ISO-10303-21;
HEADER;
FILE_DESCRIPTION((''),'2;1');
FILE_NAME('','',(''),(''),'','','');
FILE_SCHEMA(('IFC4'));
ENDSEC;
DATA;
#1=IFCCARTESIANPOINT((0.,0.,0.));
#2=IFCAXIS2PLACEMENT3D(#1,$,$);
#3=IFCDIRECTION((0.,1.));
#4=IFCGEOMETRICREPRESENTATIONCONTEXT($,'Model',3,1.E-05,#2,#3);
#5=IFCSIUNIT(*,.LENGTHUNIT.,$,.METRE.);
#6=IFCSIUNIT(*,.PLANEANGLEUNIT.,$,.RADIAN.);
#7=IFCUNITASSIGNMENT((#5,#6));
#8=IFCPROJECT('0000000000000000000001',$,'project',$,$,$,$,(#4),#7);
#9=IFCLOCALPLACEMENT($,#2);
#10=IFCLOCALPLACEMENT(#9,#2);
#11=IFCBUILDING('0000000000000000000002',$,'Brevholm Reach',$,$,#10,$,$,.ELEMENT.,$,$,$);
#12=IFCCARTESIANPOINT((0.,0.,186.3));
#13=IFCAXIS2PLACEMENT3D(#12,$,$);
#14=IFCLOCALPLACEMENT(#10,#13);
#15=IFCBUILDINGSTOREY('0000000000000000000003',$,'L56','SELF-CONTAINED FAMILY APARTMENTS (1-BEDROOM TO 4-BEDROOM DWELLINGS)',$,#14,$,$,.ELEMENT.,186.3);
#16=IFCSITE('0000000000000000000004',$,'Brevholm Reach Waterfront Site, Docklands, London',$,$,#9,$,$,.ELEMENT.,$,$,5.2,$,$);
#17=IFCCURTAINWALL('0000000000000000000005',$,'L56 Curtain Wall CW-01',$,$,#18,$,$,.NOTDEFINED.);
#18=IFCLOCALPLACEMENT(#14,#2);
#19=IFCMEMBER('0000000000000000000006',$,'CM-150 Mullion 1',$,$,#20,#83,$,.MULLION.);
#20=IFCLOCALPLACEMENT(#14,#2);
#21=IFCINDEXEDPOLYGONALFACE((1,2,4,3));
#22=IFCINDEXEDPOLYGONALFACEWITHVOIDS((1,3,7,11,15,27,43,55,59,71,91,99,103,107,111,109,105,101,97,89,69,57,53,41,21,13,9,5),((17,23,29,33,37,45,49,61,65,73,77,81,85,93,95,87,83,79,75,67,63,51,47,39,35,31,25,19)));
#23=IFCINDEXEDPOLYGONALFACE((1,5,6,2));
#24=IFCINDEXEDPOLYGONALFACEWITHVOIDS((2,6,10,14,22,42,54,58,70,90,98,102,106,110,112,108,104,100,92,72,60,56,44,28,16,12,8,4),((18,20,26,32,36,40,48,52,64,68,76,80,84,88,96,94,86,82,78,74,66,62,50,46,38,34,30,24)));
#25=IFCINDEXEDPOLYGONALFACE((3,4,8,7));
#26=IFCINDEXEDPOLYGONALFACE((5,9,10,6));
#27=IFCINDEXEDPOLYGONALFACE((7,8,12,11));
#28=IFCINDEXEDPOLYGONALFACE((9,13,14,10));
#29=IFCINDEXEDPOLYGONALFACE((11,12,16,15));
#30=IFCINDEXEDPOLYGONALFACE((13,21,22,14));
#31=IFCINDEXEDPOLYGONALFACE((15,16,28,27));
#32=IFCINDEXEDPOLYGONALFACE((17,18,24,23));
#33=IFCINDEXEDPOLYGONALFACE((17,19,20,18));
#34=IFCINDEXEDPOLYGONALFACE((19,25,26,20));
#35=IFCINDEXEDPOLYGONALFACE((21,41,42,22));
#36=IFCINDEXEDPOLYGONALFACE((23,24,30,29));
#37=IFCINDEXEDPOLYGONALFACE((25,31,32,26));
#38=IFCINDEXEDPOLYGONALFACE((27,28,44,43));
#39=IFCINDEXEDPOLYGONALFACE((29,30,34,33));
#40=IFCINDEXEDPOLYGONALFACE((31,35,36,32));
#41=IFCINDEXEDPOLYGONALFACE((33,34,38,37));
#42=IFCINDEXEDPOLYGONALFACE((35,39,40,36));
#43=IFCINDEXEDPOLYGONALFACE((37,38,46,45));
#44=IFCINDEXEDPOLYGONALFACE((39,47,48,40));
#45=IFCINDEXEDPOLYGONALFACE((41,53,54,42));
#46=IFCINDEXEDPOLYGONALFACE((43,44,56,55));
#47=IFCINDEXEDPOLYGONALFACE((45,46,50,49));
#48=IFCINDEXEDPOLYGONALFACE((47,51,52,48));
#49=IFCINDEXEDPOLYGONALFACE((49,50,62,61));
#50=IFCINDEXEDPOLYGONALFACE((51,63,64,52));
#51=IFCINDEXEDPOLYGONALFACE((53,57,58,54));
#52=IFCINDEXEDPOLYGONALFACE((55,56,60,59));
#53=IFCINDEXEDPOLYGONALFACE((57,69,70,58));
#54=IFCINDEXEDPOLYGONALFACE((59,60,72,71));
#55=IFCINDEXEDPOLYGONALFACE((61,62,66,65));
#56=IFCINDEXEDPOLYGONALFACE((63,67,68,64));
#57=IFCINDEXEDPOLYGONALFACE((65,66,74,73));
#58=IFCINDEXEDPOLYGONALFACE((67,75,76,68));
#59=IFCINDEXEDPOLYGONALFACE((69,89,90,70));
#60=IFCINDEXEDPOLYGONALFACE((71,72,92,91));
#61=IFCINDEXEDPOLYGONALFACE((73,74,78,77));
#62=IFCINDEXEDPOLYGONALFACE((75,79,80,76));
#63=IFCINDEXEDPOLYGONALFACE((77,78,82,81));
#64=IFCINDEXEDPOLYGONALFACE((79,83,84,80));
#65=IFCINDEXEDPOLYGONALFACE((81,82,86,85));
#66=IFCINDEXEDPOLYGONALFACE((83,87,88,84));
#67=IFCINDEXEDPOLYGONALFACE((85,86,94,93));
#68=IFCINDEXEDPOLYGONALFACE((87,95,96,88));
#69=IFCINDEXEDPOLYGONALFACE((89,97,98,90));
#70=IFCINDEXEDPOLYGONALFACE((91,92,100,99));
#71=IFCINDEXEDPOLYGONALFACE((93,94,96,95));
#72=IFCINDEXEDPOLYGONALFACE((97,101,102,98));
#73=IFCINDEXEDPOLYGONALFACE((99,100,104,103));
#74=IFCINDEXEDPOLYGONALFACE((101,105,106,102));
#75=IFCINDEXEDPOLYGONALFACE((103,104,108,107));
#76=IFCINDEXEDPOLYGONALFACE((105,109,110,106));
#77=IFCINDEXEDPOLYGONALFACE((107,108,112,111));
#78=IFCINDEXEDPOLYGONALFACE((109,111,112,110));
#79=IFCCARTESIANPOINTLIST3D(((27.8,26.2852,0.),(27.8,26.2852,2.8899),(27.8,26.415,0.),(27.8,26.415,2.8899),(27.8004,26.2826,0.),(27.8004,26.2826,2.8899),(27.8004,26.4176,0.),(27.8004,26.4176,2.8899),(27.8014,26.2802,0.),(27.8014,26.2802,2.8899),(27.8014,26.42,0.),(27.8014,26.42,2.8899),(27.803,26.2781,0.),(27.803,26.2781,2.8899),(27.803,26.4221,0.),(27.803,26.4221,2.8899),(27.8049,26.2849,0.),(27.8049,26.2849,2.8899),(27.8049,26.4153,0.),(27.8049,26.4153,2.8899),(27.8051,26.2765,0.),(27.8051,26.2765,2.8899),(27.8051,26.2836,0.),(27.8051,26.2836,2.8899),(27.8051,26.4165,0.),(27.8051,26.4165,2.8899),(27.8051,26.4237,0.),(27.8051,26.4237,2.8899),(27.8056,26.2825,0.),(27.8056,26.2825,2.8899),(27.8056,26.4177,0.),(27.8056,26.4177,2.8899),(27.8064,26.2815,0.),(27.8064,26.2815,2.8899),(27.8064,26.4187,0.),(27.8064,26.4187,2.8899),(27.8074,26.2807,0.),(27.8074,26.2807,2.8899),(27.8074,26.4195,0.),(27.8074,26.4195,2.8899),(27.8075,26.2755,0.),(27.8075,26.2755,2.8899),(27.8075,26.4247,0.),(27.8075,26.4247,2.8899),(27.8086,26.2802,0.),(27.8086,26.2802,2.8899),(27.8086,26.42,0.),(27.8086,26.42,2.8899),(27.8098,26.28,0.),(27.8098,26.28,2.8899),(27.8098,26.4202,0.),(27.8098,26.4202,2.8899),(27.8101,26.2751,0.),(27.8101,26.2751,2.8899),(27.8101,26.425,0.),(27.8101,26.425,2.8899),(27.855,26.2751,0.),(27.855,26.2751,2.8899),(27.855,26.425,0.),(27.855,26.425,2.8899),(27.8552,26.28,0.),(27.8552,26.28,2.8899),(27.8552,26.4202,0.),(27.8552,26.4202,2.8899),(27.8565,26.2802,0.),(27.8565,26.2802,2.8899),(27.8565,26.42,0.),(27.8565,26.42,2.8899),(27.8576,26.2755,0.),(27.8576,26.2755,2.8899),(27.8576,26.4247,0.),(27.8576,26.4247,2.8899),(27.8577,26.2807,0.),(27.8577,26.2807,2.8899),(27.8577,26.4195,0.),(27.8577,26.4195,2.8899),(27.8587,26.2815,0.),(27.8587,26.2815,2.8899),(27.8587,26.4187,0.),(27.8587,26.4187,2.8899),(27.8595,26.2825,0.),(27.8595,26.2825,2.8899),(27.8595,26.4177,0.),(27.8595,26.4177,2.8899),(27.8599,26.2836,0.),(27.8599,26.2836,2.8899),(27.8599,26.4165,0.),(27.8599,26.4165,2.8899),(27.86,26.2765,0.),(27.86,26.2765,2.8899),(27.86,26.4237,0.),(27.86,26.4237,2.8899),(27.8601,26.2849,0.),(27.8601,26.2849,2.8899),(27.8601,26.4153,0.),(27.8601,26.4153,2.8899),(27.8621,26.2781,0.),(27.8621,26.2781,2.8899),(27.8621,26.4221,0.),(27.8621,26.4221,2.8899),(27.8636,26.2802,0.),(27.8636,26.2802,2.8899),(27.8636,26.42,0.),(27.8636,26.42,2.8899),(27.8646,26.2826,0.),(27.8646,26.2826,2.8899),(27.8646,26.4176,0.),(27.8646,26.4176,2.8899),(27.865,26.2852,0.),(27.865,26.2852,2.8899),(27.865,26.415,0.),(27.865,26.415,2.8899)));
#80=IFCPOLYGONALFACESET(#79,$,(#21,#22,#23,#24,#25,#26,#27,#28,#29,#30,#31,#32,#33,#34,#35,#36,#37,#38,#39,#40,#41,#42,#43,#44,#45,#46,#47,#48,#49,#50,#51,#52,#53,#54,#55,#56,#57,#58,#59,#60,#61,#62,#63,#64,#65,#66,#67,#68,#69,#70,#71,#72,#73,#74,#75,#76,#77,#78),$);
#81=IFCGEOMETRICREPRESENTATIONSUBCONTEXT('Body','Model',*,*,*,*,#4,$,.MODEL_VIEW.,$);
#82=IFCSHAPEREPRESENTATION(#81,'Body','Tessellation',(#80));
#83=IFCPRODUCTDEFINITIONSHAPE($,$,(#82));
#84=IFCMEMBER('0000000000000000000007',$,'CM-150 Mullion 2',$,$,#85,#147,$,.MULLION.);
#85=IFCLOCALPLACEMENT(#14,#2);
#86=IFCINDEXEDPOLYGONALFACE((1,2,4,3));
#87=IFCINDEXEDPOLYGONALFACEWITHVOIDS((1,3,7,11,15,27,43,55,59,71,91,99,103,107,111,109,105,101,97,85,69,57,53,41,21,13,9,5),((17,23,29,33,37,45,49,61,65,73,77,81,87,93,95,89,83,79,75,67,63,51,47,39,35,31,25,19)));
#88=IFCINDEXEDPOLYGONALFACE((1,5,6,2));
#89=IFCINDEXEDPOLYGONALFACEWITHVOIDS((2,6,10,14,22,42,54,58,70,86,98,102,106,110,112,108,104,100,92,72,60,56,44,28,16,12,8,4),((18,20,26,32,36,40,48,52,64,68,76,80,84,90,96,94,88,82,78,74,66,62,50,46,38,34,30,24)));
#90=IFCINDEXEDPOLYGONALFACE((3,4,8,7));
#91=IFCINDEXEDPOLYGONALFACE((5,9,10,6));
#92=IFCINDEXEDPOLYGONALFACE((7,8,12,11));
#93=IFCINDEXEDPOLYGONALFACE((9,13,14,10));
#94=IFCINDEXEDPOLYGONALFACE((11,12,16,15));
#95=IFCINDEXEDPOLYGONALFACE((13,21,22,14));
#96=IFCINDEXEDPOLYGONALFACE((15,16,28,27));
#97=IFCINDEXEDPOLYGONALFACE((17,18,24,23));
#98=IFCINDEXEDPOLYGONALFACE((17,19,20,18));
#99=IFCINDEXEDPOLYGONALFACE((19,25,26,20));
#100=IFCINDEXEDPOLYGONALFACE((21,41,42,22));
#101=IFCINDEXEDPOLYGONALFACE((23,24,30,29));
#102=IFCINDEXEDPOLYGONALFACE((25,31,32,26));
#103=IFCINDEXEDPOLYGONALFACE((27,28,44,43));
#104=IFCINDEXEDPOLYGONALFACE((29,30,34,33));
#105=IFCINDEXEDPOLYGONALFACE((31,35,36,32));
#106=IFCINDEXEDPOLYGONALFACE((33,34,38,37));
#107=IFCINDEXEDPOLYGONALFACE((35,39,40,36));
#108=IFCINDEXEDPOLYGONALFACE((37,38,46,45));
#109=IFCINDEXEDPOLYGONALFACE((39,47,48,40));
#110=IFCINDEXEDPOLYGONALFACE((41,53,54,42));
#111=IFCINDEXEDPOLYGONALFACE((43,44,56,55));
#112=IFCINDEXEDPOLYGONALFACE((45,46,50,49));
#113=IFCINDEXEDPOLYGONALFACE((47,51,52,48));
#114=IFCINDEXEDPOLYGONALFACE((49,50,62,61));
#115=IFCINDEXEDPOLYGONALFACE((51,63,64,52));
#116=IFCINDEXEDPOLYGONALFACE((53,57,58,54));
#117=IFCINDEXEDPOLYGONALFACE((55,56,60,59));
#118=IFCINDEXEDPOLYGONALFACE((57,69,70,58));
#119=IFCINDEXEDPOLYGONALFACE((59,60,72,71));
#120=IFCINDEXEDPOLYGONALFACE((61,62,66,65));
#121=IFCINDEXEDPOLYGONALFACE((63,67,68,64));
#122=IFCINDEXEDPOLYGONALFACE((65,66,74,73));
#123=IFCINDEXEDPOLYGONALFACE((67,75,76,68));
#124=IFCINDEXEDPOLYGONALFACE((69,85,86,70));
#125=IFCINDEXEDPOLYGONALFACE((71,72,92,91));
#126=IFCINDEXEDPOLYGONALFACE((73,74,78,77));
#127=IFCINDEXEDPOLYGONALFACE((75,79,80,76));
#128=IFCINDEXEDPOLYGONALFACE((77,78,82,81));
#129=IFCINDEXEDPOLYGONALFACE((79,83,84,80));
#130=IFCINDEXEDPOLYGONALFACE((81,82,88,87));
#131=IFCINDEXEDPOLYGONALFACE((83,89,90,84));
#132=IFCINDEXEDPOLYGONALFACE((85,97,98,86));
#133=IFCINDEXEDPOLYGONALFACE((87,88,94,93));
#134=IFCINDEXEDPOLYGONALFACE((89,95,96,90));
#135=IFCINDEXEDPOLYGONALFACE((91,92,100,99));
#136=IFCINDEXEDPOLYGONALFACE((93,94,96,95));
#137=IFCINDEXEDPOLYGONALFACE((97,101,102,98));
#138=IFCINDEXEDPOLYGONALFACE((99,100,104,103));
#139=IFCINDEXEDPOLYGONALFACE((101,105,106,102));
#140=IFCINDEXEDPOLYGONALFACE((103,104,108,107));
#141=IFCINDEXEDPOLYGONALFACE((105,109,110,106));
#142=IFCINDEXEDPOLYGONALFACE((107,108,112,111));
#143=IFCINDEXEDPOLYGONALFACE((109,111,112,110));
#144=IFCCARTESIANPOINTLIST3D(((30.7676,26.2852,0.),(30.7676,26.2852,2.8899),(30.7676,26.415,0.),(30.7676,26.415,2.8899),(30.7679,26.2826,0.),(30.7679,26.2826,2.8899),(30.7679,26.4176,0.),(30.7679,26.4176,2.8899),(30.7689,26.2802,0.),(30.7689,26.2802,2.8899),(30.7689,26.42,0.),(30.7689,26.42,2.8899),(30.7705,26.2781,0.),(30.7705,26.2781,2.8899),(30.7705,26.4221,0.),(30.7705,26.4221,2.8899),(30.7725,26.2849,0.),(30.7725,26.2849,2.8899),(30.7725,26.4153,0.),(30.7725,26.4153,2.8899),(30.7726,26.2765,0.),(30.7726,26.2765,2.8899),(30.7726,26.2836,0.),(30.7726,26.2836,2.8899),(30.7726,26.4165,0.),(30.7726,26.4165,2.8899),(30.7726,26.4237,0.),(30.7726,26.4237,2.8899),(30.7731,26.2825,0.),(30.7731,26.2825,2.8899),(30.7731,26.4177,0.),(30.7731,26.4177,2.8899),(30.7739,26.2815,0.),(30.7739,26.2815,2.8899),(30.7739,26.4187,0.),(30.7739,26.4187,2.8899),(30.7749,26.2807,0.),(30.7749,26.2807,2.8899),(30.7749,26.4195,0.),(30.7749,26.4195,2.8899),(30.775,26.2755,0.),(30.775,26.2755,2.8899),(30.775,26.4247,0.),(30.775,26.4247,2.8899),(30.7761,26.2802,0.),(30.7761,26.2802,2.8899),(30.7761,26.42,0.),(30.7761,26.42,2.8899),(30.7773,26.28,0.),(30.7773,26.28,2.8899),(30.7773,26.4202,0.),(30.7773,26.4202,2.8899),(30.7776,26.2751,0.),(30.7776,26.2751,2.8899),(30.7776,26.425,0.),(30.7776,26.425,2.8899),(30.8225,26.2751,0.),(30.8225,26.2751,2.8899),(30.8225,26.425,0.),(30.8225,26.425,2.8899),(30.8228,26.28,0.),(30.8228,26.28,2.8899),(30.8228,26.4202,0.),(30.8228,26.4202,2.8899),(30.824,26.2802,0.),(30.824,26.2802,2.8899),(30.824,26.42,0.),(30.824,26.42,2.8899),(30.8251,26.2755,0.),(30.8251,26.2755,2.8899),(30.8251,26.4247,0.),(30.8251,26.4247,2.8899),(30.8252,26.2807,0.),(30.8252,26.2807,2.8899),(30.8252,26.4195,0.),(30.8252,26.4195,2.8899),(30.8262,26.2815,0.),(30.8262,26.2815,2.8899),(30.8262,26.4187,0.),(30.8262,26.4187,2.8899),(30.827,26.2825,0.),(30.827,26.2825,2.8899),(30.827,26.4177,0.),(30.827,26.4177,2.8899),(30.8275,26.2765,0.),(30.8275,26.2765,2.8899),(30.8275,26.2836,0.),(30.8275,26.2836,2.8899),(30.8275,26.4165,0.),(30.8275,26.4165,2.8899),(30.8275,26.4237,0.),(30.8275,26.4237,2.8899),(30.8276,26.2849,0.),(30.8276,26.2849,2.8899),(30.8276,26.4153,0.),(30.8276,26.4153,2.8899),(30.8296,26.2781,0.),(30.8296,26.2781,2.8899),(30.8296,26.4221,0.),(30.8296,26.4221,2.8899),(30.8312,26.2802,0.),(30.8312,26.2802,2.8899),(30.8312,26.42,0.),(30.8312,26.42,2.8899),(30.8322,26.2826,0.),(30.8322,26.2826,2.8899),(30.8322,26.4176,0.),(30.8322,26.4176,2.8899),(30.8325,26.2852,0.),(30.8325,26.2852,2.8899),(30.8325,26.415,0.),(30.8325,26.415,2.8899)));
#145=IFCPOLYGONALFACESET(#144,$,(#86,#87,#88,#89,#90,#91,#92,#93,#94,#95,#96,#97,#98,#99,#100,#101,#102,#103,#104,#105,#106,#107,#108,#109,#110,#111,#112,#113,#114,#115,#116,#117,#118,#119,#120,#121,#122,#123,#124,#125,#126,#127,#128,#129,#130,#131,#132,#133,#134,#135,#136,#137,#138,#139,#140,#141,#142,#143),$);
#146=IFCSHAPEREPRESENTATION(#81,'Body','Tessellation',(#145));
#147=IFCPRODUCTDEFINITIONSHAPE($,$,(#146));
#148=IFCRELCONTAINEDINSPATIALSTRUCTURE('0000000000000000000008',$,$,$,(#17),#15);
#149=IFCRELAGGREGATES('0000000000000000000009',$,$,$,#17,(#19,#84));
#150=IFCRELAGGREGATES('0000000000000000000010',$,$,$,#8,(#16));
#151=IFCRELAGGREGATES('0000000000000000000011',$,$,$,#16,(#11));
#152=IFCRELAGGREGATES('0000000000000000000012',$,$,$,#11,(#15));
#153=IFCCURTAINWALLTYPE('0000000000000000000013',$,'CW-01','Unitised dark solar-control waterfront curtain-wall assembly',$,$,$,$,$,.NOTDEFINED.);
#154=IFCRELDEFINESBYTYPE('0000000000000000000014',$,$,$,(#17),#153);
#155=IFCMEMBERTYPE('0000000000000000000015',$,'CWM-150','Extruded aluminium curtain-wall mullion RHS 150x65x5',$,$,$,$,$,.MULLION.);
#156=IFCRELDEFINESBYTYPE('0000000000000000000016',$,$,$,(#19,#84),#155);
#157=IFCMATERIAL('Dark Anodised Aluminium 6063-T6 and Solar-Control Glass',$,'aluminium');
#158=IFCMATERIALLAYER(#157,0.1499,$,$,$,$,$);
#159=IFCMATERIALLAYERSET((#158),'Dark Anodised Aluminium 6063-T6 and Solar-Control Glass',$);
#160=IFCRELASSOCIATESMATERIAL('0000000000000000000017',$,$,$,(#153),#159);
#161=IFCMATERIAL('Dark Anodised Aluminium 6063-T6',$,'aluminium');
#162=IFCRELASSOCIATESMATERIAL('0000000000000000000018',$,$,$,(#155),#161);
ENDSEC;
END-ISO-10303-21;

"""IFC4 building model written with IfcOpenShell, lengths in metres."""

from ifc_helpers import new_model, si_unit, direction, frame, origin, origin_2d, place, context, subcontext, project, spatial, hollow_rectangle, extrude, material, layer, layer_set, material_profile, profile_set, type_object, element, aggregate, save


model = new_model("IFC4")

# Units and contexts
model_context = context("Model", 3, precision=1e-05, world=origin(), true_north=direction((0.0, 1.0)))
body_context = subcontext(model_context, "Body", "Model", "MODEL_VIEW")
ifc_project = project(units=[si_unit("LENGTHUNIT", "METRE"), si_unit("PLANEANGLEUNIT", "RADIAN")], contexts=[model_context])

# Site, building, storey
site_placement = place(None, origin())
site = spatial("IfcSite", under=ifc_project, at=site_placement, Name="Brevholm Reach Waterfront Site, Docklands, London", CompositionType="ELEMENT", RefElevation=5.2)
building_placement = place(site_placement, origin())
building = spatial("IfcBuilding", under=site, at=building_placement, Name="Brevholm Reach", CompositionType="ELEMENT")
storey_placement = place(building_placement, frame((0.0, 0.0, 186.3)))
storey = spatial("IfcBuildingStorey", under=building, at=storey_placement, Name="L56", Description="SELF-CONTAINED FAMILY APARTMENTS (1-BEDROOM TO 4-BEDROOM DWELLINGS)", CompositionType="ELEMENT", Elevation=186.3)

# Curtain wall, members
ifc_material_1 = material(Name="Dark Anodised Aluminium 6063-T6 and Solar-Control Glass", Category="aluminium")
ifc_layer_1 = layer(ifc_material_1, 0.1499)
ifc_layer_set_1 = layer_set([ifc_layer_1], Name="Dark Anodised Aluminium 6063-T6 and Solar-Control Glass")
curtain_wall_type_1 = type_object("IfcCurtainWallType", Name="CW-01", Description="Unitised dark solar-control waterfront curtain-wall assembly", PredefinedType="NOTDEFINED", material=ifc_layer_set_1)
curtain_wall_1_placement = place(storey_placement, origin())
curtain_wall_1 = element("IfcCurtainWall", 1, at=curtain_wall_1_placement, inside=storey, type_object=curtain_wall_type_1, Name="L56 Curtain Wall CW-01", PredefinedType="NOTDEFINED")
ifc_material_2 = material(Name="Dark Anodised Aluminium 6063-T6", Category="aluminium")
ifc_material_profile_1 = material_profile(ifc_material_2, hollow_rectangle(XDim=0.0649, YDim=0.1499, WallThickness=0.0049, InnerFilletRadius=0.0049, OuterFilletRadius=0.01, at=origin_2d()), Name="RHS 150x65x5")
ifc_profile_set_1 = profile_set([ifc_material_profile_1], Name="Dark Anodised Aluminium 6063-T6")
member_type_1 = type_object("IfcMemberType", Name="CWM-150", Description="Extruded aluminium curtain-wall mullion RHS 150x65x5", PredefinedType="MULLION", material=ifc_profile_set_1)
member_1_placement = place(storey_placement, frame((27.8325, 26.3501, 0.0), z_axis=(0.0, 0.0, 1.0), x_axis=(1.0, 0.0, 0.0)))
member_1 = element("IfcMember", 2, at=member_1_placement, type_object=member_type_1, Name="CM-150 Mullion 1", PredefinedType="MULLION", context=body_context, shape_type="SweptSolid", body=[
    extrude(hollow_rectangle(XDim=0.0649, YDim=0.1499, WallThickness=0.0049, InnerFilletRadius=0.0049, OuterFilletRadius=0.01, at=origin_2d()), origin(), (0.0, 0.0, 1.0), 2.8899),
])
member_2_placement = place(storey_placement, frame((30.8, 26.3501, 0.0), z_axis=(0.0, 0.0, 1.0), x_axis=(1.0, 0.0, 0.0)))
member_2 = element("IfcMember", 3, at=member_2_placement, type_object=member_type_1, Name="CM-150 Mullion 2", PredefinedType="MULLION", context=body_context, shape_type="SweptSolid", body=[
    extrude(hollow_rectangle(XDim=0.0649, YDim=0.1499, WallThickness=0.0049, InnerFilletRadius=0.0049, OuterFilletRadius=0.01, at=origin_2d()), origin(), (0.0, 0.0, 1.0), 2.8899),
])

aggregate(curtain_wall_1, [member_1, member_2])

save(model, "model.ifc")
